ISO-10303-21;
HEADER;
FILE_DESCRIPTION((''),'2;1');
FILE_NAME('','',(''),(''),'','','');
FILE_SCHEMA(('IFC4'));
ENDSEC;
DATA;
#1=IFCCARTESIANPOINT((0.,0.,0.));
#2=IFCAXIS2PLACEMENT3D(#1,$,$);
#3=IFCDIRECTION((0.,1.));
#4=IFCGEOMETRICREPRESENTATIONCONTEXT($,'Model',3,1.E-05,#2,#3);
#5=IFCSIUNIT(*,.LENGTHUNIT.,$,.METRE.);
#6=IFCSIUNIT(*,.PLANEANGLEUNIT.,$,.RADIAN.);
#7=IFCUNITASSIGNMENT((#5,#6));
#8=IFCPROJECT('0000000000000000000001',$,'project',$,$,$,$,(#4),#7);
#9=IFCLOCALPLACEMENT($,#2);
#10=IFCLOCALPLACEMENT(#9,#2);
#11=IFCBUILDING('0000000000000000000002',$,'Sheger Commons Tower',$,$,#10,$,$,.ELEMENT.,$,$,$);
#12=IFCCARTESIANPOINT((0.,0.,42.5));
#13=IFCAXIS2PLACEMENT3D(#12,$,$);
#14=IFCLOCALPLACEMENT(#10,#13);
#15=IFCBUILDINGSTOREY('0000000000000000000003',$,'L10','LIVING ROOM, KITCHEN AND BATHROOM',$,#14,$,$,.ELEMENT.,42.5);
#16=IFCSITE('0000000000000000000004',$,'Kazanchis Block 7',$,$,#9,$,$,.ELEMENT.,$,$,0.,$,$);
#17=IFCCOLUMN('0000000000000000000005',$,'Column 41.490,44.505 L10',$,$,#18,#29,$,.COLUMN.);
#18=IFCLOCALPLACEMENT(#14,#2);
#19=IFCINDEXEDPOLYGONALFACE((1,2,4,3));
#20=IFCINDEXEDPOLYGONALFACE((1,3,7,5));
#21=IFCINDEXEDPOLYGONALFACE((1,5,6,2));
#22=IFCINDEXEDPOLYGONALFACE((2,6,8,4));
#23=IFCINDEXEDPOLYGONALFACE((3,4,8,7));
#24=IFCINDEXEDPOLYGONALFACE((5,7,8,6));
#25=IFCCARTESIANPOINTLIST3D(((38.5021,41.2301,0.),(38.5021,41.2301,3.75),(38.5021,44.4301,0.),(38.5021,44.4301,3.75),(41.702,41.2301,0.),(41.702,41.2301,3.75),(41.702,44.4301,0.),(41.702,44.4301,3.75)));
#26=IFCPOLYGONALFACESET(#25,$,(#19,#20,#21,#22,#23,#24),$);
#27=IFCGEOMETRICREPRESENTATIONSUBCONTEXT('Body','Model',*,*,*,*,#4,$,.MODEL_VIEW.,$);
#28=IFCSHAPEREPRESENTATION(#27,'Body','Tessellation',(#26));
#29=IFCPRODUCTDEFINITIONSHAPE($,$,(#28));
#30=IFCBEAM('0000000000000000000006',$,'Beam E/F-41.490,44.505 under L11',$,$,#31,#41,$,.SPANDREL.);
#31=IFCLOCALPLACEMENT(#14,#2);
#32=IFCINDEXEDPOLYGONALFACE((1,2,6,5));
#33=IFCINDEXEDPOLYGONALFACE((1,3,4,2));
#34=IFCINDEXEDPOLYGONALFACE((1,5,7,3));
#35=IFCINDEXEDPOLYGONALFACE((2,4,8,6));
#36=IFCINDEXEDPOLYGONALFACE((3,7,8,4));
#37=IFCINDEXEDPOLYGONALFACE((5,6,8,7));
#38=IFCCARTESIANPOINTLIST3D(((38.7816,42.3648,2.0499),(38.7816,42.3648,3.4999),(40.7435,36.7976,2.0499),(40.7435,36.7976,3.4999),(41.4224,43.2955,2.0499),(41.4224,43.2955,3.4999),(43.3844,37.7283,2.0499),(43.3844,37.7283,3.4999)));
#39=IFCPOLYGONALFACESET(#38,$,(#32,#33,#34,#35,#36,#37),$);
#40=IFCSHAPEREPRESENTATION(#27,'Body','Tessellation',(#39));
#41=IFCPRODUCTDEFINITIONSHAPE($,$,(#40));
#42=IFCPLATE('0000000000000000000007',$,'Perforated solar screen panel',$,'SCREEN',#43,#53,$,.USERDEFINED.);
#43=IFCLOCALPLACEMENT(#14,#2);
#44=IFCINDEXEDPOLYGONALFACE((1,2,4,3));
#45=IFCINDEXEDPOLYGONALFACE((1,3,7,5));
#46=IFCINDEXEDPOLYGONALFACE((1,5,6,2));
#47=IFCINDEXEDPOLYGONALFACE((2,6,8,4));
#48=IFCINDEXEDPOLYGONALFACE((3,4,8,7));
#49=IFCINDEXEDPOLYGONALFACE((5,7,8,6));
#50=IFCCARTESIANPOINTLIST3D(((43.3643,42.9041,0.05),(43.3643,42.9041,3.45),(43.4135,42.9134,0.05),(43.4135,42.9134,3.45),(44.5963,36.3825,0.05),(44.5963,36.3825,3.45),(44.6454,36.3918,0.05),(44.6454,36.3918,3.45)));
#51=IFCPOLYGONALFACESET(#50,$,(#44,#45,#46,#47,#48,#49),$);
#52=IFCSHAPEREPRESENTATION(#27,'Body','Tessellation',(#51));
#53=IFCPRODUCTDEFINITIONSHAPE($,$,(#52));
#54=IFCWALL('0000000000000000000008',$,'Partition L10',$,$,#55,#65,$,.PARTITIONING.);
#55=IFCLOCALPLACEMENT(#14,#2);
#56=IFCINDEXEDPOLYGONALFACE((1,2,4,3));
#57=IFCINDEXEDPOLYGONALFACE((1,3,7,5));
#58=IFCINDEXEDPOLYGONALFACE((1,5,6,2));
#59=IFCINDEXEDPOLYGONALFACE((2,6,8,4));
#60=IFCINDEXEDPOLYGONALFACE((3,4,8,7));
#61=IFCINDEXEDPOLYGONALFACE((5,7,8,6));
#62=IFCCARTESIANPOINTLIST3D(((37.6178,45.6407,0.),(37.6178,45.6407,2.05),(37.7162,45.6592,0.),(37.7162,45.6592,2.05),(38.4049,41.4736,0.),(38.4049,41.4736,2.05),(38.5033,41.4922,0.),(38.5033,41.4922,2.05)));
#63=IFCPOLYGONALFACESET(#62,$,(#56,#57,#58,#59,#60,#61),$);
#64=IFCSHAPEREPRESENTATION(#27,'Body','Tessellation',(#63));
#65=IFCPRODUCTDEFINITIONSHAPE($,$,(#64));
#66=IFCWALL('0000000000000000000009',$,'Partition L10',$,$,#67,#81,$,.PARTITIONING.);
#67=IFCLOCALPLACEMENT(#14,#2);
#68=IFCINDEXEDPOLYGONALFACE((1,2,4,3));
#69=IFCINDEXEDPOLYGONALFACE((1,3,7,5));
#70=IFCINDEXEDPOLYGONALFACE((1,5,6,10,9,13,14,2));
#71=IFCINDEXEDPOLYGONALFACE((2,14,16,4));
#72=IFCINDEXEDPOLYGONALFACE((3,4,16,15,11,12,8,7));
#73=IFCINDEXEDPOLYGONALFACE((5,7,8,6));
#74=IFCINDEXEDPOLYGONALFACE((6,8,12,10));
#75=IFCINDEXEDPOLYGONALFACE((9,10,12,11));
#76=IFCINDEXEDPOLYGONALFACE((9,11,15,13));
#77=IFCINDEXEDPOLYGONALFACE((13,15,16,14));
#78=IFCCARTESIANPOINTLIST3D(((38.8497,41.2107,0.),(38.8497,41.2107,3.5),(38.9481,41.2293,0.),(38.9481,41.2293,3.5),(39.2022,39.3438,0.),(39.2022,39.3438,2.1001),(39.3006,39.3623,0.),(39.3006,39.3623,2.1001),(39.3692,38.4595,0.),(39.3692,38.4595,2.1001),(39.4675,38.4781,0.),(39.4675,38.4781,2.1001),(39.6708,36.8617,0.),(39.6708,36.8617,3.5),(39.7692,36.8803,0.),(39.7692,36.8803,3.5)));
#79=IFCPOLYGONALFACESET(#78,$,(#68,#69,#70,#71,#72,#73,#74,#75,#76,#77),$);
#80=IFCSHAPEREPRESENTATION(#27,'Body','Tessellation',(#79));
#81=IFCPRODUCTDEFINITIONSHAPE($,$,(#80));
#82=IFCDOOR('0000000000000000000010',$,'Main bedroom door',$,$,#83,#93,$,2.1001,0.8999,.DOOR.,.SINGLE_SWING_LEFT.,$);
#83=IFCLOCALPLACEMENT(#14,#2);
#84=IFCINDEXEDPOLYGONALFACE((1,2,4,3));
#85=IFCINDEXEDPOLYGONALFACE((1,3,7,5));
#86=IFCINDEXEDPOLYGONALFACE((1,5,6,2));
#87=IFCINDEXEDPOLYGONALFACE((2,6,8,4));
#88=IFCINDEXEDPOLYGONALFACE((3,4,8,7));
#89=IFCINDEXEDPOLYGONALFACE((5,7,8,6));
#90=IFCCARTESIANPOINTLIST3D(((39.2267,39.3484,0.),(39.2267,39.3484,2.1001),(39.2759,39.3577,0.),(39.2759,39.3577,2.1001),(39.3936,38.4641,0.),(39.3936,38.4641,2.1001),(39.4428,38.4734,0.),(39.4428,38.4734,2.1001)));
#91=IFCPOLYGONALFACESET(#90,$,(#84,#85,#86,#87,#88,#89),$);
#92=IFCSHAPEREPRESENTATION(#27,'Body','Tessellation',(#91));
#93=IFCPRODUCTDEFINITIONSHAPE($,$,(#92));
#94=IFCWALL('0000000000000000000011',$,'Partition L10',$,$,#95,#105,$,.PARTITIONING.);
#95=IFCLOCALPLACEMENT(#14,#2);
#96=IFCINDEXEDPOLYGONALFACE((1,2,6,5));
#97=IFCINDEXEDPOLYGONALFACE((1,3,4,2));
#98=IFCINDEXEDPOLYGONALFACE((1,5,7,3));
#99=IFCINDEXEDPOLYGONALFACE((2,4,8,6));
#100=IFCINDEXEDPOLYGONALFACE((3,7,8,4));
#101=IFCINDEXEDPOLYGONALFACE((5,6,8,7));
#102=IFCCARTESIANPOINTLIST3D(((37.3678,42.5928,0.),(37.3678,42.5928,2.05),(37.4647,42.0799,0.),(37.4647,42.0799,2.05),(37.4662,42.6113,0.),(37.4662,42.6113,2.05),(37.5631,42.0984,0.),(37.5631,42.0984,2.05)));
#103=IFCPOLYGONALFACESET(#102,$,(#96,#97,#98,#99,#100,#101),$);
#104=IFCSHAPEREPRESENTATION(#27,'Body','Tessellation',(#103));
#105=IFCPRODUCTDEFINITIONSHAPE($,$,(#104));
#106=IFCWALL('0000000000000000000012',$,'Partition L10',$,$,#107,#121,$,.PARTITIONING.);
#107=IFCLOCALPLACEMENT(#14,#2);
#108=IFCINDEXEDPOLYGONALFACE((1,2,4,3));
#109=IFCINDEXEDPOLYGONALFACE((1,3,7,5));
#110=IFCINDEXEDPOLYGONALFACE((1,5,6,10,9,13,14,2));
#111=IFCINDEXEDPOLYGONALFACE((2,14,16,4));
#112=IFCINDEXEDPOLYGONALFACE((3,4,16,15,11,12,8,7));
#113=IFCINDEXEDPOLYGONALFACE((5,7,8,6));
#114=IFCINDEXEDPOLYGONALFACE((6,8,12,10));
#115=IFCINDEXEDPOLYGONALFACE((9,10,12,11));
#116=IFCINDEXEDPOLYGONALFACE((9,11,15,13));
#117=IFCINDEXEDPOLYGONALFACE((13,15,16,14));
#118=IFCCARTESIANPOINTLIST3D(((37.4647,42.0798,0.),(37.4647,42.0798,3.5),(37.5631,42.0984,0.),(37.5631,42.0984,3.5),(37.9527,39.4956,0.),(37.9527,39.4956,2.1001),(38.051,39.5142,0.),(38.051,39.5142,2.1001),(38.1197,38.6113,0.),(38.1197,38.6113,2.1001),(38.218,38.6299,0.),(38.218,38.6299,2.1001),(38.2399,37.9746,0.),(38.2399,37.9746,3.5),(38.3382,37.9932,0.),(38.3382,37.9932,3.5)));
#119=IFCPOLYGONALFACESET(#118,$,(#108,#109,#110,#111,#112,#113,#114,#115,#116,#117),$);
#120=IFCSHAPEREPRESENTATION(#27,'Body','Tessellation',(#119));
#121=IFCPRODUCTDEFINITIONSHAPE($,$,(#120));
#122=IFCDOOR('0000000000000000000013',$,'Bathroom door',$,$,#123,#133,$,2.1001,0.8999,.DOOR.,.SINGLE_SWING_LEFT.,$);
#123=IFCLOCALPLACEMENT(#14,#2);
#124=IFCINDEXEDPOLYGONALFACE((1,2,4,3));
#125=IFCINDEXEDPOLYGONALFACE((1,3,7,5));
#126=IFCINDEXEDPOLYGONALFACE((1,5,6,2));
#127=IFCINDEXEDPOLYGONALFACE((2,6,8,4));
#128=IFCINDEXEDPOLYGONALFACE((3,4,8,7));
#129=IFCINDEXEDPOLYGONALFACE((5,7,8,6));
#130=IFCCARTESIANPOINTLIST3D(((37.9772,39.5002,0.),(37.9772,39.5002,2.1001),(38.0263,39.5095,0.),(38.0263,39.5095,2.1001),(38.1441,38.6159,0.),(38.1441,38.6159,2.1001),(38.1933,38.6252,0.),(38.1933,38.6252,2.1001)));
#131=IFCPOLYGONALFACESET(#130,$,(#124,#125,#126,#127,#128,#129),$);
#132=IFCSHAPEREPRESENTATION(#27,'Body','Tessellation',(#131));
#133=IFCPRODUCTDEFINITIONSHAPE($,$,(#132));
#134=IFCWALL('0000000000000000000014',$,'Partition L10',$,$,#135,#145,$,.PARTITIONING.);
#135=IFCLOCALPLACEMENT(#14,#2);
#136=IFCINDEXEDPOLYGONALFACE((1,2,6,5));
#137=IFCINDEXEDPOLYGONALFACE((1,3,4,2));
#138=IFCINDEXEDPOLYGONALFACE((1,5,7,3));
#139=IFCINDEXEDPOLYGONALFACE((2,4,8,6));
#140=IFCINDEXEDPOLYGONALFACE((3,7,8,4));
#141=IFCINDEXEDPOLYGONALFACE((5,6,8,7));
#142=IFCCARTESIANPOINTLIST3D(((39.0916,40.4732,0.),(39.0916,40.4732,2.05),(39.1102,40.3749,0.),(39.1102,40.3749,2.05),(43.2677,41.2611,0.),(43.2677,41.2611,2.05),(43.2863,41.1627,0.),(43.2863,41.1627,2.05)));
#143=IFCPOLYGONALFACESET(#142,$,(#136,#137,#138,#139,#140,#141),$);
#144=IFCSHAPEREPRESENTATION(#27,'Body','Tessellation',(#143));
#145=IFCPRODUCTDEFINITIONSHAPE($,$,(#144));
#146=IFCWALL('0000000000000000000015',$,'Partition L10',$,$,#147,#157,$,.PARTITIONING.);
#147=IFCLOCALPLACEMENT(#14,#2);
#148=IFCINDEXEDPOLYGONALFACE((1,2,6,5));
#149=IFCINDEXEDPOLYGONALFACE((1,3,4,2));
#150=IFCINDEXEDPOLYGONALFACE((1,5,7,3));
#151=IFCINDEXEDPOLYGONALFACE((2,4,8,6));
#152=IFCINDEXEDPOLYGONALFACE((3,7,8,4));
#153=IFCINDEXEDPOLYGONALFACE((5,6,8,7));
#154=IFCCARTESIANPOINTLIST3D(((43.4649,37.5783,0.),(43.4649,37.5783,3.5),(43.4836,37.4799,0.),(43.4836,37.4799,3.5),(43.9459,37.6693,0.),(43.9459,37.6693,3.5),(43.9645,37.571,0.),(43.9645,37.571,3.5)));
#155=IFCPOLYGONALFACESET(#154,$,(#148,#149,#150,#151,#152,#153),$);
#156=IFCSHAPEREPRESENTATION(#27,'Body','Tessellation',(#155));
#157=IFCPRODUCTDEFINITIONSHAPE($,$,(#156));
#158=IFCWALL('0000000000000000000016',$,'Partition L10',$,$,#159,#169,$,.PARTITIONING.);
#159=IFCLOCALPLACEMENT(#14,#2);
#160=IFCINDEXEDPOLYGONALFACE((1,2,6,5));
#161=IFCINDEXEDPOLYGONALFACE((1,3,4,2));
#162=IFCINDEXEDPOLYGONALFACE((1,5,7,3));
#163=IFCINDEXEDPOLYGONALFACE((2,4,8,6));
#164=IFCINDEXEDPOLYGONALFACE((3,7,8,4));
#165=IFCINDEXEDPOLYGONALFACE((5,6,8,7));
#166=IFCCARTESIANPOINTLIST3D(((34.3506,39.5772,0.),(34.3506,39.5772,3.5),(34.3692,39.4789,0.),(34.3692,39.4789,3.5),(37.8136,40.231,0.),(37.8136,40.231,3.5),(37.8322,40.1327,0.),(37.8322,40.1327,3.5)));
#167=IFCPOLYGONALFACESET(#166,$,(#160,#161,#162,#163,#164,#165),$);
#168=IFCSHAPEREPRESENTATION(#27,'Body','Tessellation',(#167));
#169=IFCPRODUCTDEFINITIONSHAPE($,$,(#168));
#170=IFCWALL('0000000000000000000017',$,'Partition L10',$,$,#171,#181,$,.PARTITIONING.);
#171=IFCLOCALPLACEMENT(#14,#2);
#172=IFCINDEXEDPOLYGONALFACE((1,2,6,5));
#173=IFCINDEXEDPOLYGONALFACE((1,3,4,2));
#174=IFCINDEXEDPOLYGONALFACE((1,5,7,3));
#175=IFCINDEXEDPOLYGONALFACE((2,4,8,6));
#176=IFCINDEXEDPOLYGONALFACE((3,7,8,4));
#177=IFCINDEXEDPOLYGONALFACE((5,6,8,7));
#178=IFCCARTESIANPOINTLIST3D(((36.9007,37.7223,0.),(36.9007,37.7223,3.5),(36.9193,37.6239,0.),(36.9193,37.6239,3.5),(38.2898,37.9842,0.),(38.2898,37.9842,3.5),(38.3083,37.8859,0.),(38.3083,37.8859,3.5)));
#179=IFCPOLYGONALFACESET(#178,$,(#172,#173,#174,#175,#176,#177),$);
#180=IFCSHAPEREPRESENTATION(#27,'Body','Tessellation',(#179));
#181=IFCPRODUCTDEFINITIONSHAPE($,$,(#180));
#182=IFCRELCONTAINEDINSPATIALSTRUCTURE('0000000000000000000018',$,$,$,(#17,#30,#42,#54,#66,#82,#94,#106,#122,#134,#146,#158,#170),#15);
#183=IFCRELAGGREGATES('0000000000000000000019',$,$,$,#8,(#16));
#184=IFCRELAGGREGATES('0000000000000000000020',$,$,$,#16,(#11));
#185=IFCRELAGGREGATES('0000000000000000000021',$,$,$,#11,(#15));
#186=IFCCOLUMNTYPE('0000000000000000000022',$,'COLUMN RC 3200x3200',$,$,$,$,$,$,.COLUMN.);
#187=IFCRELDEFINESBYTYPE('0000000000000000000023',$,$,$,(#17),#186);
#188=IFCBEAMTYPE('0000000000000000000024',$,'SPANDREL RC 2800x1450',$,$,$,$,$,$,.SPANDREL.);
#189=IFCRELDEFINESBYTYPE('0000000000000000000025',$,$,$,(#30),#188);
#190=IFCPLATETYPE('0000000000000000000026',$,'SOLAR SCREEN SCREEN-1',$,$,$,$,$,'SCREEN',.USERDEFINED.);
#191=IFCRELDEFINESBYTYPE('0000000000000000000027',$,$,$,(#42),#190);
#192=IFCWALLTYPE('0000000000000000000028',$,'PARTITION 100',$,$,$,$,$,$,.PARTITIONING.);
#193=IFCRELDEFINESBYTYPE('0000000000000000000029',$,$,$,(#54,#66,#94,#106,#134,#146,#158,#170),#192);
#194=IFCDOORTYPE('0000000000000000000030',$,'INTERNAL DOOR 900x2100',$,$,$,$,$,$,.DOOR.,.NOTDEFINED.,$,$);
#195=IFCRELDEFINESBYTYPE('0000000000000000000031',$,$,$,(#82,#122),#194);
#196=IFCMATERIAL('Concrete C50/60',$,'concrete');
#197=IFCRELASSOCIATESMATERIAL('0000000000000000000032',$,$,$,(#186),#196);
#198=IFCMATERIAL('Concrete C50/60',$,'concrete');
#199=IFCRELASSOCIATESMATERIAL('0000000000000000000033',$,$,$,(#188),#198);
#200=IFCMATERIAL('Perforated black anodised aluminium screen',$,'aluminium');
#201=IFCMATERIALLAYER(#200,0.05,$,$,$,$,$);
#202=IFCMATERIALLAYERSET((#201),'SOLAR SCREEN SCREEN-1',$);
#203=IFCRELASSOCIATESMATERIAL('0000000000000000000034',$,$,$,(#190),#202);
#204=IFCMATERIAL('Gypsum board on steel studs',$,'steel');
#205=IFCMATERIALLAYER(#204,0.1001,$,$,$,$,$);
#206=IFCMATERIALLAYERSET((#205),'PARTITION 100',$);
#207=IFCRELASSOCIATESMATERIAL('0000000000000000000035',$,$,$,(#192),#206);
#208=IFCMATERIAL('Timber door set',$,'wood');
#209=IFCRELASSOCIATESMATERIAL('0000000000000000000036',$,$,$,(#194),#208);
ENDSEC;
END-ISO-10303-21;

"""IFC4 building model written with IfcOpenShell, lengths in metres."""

from ifc_helpers import new_model, si_unit, direction, frame, frame_2d, origin, origin_2d, place, context, subcontext, project, spatial, rectangle, extrude, material, layer, layer_set, material_profile, profile_set, type_object, element, fill, save


model = new_model("IFC4")

# Units and contexts
model_context = context("Model", 3, precision=1e-05, world=origin(), true_north=direction((0.0, 1.0)))
body_context = subcontext(model_context, "Body", "Model", "MODEL_VIEW")
ifc_project = project(units=[si_unit("LENGTHUNIT", "METRE"), si_unit("PLANEANGLEUNIT", "RADIAN")], contexts=[model_context])

# Site, building, storey
site_placement = place(None, origin())
site = spatial("IfcSite", under=ifc_project, at=site_placement, Name="Kazanchis Block 7", CompositionType="ELEMENT", RefElevation=0.0)
building_placement = place(site_placement, origin())
building = spatial("IfcBuilding", under=site, at=building_placement, Name="Sheger Commons Tower", CompositionType="ELEMENT")
storey_placement = place(building_placement, frame((0.0, 0.0, 42.5)))
storey = spatial("IfcBuildingStorey", under=building, at=storey_placement, Name="L10", Description="LIVING ROOM, KITCHEN AND BATHROOM", CompositionType="ELEMENT", Elevation=42.5)

# Column
ifc_material_1 = material(Name="Concrete C50/60", Category="concrete")
ifc_material_profile_1 = material_profile(ifc_material_1, rectangle(XDim=3.2, YDim=3.2, at=origin_2d()), Name="RC 3200x3200")
ifc_profile_set_1 = profile_set([ifc_material_profile_1], Name="Concrete C50/60")
column_type = type_object("IfcColumnType", Name="COLUMN RC 3200x3200", PredefinedType="COLUMN", material=ifc_profile_set_1)
column_placement = place(storey_placement, frame((40.1021, 42.8301, 0.0), z_axis=(0.0, 0.0, 1.0), x_axis=(1.0, 0.0, 0.0)))
element("IfcColumn", 1, at=column_placement, inside=storey, type_object=column_type, Name="Column 41.490,44.505 L10", PredefinedType="COLUMN", context=body_context, shape_type="SweptSolid", body=[
    extrude(rectangle(XDim=3.2, YDim=3.2, at=origin_2d()), origin(), (0.0, 0.0, 1.0), 3.75),
])

# Beam
ifc_material_2 = material(Name="Concrete C50/60", Category="concrete")
ifc_material_profile_2 = material_profile(ifc_material_2, rectangle(XDim=2.8, YDim=1.45, at=origin_2d()), Name="RC 2800x1450")
ifc_profile_set_2 = profile_set([ifc_material_profile_2], Name="Concrete C50/60")
beam_type = type_object("IfcBeamType", Name="SPANDREL RC 2800x1450", PredefinedType="SPANDREL", material=ifc_profile_set_2)
beam_placement = place(storey_placement, frame((42.064, 37.2629, 2.7749), z_axis=(-0.332374, 0.943148, 0.0), x_axis=(-0.943148, -0.332374, 0.0)))
element("IfcBeam", 2, at=beam_placement, inside=storey, type_object=beam_type, Name="Beam E/F-41.490,44.505 under L11", PredefinedType="SPANDREL", context=body_context, shape_type="SweptSolid", body=[
    extrude(rectangle(XDim=2.8, YDim=1.45, at=origin_2d()), origin(), (0.0, 0.0, 1.0), 5.9028),
])

# Plate
ifc_material_3 = material(Name="Perforated black anodised aluminium screen", Category="aluminium")
ifc_layer_1 = layer(ifc_material_3, 0.05)
ifc_layer_set_1 = layer_set([ifc_layer_1], Name="SOLAR SCREEN SCREEN-1")
plate_type = type_object("IfcPlateType", Name="SOLAR SCREEN SCREEN-1", ElementType="SCREEN", PredefinedType="USERDEFINED", material=ifc_layer_set_1)
plate_placement = place(storey_placement, frame((44.0049, 39.6479, 0.05), z_axis=(0.0, 0.0, 1.0), x_axis=(-0.185615, 0.982623, 0.0)))
element("IfcPlate", 3, at=plate_placement, inside=storey, type_object=plate_type, Name="Perforated solar screen panel", ObjectType="SCREEN", PredefinedType="USERDEFINED", context=body_context, shape_type="SweptSolid", body=[
    extrude(rectangle(XDim=6.637, YDim=0.05, at=origin_2d()), origin(), (0.0, 0.0, 1.0), 3.3999),
])

# Wall
ifc_material_4 = material(Name="Gypsum board on steel studs", Category="steel")
ifc_layer_2 = layer(ifc_material_4, 0.1001)
ifc_layer_set_2 = layer_set([ifc_layer_2], Name="PARTITION 100")
wall_type = type_object("IfcWallType", Name="PARTITION 100", PredefinedType="PARTITIONING", material=ifc_layer_set_2)
wall_1_placement = place(storey_placement, frame((38.4541, 41.4829, 0.0), z_axis=(0.0, 0.0, 1.0), x_axis=(-0.185609, 0.982624, 0.0)))
element("IfcWall", 4, at=wall_1_placement, inside=storey, type_object=wall_type, Name="Partition L10", PredefinedType="PARTITIONING", context=body_context, shape_type="SweptSolid", body=[
    extrude(rectangle(XDim=4.2407, YDim=0.1001, at=frame_2d((2.1204, 0.0))), origin(), (0.0, 0.0, 1.0), 2.05),
])

# Wall, opening, door
wall_2_placement = place(storey_placement, frame((38.8989, 41.22, 0.0), z_axis=(0.0, 0.0, 1.0), x_axis=(0.185517, -0.982641, 0.0)))
wall_2 = element("IfcWall", 5, at=wall_2_placement, inside=storey, type_object=wall_type, Name="Partition L10", PredefinedType="PARTITIONING", context=body_context, shape_type="SweptSolid", body=[
    extrude(rectangle(XDim=4.4258, YDim=0.1001, at=frame_2d((2.2129, 0.0))), origin(), (0.0, 0.0, 1.0), 3.5),
])
opening_1_placement = place(wall_2_placement, frame((1.8999, 0.0, 0.0)))
opening_1 = element("IfcOpeningElement", 6, at=opening_1_placement, cuts=wall_2, PredefinedType="OPENING", context=body_context, shape_type="SweptSolid", body=[
    extrude(rectangle(XDim=0.8999, YDim=2.1001, at=frame_2d((0.45, 1.05))), frame((0.0, 0.0601, 0.0), z_axis=(0.0, -1.0, 0.0), x_axis=(1.0, 0.0, 0.0)), (0.0, 0.0, 1.0), 0.1201),
])
ifc_material_5 = material(Name="Timber door set", Category="wood")
door_type = type_object("IfcDoorType", Name="INTERNAL DOOR 900x2100", OperationType="NOTDEFINED", PredefinedType="DOOR", material=ifc_material_5)
door_1_placement = place(opening_1_placement, origin())
door_1 = element("IfcDoor", 7, at=door_1_placement, inside=storey, type_object=door_type, Name="Main bedroom door", OperationType="SINGLE_SWING_LEFT", OverallHeight=2.1001, OverallWidth=0.8999, PredefinedType="DOOR", context=body_context, shape_type="SweptSolid", body=[
    extrude(rectangle(XDim=0.8999, YDim=2.1001, at=frame_2d((0.45, 1.05))), frame((0.0, 0.0249, 0.0), z_axis=(0.0, -1.0, 0.0), x_axis=(1.0, 0.0, 0.0)), (0.0, 0.0, 1.0), 0.05),
])
fill(opening_1, door_1)

# Wall
wall_3_placement = place(storey_placement, frame((37.417, 42.6021, 0.0), z_axis=(0.0, 0.0, 1.0), x_axis=(0.185672, -0.982612, 0.0)))
element("IfcWall", 8, at=wall_3_placement, inside=storey, type_object=wall_type, Name="Partition L10", PredefinedType="PARTITIONING", context=body_context, shape_type="SweptSolid", body=[
    extrude(rectangle(XDim=0.522, YDim=0.1001, at=frame_2d((0.261, 0.0))), origin(), (0.0, 0.0, 1.0), 2.05),
])

# Wall, opening, door
wall_4_placement = place(storey_placement, frame((37.5139, 42.0891, 0.0), z_axis=(0.0, 0.0, 1.0), x_axis=(0.185541, -0.982637, 0.0)))
wall_4 = element("IfcWall", 9, at=wall_4_placement, inside=storey, type_object=wall_type, Name="Partition L10", PredefinedType="PARTITIONING", context=body_context, shape_type="SweptSolid", body=[
    extrude(rectangle(XDim=4.1777, YDim=0.1001, at=frame_2d((2.0889, 0.0))), origin(), (0.0, 0.0, 1.0), 3.5),
])
opening_2_placement = place(wall_4_placement, frame((2.6299, 0.0, 0.0)))
opening_2 = element("IfcOpeningElement", 10, at=opening_2_placement, cuts=wall_4, PredefinedType="OPENING", context=body_context, shape_type="SweptSolid", body=[
    extrude(rectangle(XDim=0.8999, YDim=2.1001, at=frame_2d((0.45, 1.05))), frame((0.0, 0.0601, 0.0), z_axis=(0.0, -1.0, 0.0), x_axis=(1.0, 0.0, 0.0)), (0.0, 0.0, 1.0), 0.1201),
])
door_2_placement = place(opening_2_placement, origin())
door_2 = element("IfcDoor", 11, at=door_2_placement, inside=storey, type_object=door_type, Name="Bathroom door", OperationType="SINGLE_SWING_LEFT", OverallHeight=2.1001, OverallWidth=0.8999, PredefinedType="DOOR", context=body_context, shape_type="SweptSolid", body=[
    extrude(rectangle(XDim=0.8999, YDim=2.1001, at=frame_2d((0.45, 1.05))), frame((0.0, 0.0249, 0.0), z_axis=(0.0, -1.0, 0.0), x_axis=(1.0, 0.0, 0.0)), (0.0, 0.0, 1.0), 0.05),
])
fill(opening_2, door_2)

# Walls
wall_5_placement = place(storey_placement, frame((43.2771, 41.2119, 0.0), z_axis=(0.0, 0.0, 1.0), x_axis=(-0.982665, -0.185388, 0.0)))
element("IfcWall", 12, at=wall_5_placement, inside=storey, type_object=wall_type, Name="Partition L10", PredefinedType="PARTITIONING", context=body_context, shape_type="SweptSolid", body=[
    extrude(rectangle(XDim=4.2498, YDim=0.1001, at=frame_2d((2.125, 0.0))), origin(), (0.0, 0.0, 1.0), 2.05),
])
wall_6_placement = place(storey_placement, frame((43.9551, 37.6201, 0.0), z_axis=(0.0, 0.0, 1.0), x_axis=(-0.982543, -0.186035, 0.0)))
element("IfcWall", 13, at=wall_6_placement, inside=storey, type_object=wall_type, Name="Partition L10", PredefinedType="PARTITIONING", context=body_context, shape_type="SweptSolid", body=[
    extrude(rectangle(XDim=0.4895, YDim=0.1001, at=frame_2d((0.2446, 0.0))), origin(), (0.0, 0.0, 1.0), 3.5),
])
wall_7_placement = place(storey_placement, frame((37.823, 40.1819, 0.0), z_axis=(0.0, 0.0, 1.0), x_axis=(-0.982639, -0.185527, 0.0)))
element("IfcWall", 14, at=wall_7_placement, inside=storey, type_object=wall_type, Name="Partition L10", PredefinedType="PARTITIONING", context=body_context, shape_type="SweptSolid", body=[
    extrude(rectangle(XDim=3.5242, YDim=0.1001, at=frame_2d((1.7622, 0.0))), origin(), (0.0, 0.0, 1.0), 3.5),
])
wall_8_placement = place(storey_placement, frame((38.2991, 37.9351, 0.0), z_axis=(0.0, 0.0, 1.0), x_axis=(-0.98268, -0.18531, 0.0)))
element("IfcWall", 15, at=wall_8_placement, inside=storey, type_object=wall_type, Name="Partition L10", PredefinedType="PARTITIONING", context=body_context, shape_type="SweptSolid", body=[
    extrude(rectangle(XDim=1.4136, YDim=0.1001, at=frame_2d((0.7068, 0.0))), origin(), (0.0, 0.0, 1.0), 3.5),
])

save(model, "model.ifc")
